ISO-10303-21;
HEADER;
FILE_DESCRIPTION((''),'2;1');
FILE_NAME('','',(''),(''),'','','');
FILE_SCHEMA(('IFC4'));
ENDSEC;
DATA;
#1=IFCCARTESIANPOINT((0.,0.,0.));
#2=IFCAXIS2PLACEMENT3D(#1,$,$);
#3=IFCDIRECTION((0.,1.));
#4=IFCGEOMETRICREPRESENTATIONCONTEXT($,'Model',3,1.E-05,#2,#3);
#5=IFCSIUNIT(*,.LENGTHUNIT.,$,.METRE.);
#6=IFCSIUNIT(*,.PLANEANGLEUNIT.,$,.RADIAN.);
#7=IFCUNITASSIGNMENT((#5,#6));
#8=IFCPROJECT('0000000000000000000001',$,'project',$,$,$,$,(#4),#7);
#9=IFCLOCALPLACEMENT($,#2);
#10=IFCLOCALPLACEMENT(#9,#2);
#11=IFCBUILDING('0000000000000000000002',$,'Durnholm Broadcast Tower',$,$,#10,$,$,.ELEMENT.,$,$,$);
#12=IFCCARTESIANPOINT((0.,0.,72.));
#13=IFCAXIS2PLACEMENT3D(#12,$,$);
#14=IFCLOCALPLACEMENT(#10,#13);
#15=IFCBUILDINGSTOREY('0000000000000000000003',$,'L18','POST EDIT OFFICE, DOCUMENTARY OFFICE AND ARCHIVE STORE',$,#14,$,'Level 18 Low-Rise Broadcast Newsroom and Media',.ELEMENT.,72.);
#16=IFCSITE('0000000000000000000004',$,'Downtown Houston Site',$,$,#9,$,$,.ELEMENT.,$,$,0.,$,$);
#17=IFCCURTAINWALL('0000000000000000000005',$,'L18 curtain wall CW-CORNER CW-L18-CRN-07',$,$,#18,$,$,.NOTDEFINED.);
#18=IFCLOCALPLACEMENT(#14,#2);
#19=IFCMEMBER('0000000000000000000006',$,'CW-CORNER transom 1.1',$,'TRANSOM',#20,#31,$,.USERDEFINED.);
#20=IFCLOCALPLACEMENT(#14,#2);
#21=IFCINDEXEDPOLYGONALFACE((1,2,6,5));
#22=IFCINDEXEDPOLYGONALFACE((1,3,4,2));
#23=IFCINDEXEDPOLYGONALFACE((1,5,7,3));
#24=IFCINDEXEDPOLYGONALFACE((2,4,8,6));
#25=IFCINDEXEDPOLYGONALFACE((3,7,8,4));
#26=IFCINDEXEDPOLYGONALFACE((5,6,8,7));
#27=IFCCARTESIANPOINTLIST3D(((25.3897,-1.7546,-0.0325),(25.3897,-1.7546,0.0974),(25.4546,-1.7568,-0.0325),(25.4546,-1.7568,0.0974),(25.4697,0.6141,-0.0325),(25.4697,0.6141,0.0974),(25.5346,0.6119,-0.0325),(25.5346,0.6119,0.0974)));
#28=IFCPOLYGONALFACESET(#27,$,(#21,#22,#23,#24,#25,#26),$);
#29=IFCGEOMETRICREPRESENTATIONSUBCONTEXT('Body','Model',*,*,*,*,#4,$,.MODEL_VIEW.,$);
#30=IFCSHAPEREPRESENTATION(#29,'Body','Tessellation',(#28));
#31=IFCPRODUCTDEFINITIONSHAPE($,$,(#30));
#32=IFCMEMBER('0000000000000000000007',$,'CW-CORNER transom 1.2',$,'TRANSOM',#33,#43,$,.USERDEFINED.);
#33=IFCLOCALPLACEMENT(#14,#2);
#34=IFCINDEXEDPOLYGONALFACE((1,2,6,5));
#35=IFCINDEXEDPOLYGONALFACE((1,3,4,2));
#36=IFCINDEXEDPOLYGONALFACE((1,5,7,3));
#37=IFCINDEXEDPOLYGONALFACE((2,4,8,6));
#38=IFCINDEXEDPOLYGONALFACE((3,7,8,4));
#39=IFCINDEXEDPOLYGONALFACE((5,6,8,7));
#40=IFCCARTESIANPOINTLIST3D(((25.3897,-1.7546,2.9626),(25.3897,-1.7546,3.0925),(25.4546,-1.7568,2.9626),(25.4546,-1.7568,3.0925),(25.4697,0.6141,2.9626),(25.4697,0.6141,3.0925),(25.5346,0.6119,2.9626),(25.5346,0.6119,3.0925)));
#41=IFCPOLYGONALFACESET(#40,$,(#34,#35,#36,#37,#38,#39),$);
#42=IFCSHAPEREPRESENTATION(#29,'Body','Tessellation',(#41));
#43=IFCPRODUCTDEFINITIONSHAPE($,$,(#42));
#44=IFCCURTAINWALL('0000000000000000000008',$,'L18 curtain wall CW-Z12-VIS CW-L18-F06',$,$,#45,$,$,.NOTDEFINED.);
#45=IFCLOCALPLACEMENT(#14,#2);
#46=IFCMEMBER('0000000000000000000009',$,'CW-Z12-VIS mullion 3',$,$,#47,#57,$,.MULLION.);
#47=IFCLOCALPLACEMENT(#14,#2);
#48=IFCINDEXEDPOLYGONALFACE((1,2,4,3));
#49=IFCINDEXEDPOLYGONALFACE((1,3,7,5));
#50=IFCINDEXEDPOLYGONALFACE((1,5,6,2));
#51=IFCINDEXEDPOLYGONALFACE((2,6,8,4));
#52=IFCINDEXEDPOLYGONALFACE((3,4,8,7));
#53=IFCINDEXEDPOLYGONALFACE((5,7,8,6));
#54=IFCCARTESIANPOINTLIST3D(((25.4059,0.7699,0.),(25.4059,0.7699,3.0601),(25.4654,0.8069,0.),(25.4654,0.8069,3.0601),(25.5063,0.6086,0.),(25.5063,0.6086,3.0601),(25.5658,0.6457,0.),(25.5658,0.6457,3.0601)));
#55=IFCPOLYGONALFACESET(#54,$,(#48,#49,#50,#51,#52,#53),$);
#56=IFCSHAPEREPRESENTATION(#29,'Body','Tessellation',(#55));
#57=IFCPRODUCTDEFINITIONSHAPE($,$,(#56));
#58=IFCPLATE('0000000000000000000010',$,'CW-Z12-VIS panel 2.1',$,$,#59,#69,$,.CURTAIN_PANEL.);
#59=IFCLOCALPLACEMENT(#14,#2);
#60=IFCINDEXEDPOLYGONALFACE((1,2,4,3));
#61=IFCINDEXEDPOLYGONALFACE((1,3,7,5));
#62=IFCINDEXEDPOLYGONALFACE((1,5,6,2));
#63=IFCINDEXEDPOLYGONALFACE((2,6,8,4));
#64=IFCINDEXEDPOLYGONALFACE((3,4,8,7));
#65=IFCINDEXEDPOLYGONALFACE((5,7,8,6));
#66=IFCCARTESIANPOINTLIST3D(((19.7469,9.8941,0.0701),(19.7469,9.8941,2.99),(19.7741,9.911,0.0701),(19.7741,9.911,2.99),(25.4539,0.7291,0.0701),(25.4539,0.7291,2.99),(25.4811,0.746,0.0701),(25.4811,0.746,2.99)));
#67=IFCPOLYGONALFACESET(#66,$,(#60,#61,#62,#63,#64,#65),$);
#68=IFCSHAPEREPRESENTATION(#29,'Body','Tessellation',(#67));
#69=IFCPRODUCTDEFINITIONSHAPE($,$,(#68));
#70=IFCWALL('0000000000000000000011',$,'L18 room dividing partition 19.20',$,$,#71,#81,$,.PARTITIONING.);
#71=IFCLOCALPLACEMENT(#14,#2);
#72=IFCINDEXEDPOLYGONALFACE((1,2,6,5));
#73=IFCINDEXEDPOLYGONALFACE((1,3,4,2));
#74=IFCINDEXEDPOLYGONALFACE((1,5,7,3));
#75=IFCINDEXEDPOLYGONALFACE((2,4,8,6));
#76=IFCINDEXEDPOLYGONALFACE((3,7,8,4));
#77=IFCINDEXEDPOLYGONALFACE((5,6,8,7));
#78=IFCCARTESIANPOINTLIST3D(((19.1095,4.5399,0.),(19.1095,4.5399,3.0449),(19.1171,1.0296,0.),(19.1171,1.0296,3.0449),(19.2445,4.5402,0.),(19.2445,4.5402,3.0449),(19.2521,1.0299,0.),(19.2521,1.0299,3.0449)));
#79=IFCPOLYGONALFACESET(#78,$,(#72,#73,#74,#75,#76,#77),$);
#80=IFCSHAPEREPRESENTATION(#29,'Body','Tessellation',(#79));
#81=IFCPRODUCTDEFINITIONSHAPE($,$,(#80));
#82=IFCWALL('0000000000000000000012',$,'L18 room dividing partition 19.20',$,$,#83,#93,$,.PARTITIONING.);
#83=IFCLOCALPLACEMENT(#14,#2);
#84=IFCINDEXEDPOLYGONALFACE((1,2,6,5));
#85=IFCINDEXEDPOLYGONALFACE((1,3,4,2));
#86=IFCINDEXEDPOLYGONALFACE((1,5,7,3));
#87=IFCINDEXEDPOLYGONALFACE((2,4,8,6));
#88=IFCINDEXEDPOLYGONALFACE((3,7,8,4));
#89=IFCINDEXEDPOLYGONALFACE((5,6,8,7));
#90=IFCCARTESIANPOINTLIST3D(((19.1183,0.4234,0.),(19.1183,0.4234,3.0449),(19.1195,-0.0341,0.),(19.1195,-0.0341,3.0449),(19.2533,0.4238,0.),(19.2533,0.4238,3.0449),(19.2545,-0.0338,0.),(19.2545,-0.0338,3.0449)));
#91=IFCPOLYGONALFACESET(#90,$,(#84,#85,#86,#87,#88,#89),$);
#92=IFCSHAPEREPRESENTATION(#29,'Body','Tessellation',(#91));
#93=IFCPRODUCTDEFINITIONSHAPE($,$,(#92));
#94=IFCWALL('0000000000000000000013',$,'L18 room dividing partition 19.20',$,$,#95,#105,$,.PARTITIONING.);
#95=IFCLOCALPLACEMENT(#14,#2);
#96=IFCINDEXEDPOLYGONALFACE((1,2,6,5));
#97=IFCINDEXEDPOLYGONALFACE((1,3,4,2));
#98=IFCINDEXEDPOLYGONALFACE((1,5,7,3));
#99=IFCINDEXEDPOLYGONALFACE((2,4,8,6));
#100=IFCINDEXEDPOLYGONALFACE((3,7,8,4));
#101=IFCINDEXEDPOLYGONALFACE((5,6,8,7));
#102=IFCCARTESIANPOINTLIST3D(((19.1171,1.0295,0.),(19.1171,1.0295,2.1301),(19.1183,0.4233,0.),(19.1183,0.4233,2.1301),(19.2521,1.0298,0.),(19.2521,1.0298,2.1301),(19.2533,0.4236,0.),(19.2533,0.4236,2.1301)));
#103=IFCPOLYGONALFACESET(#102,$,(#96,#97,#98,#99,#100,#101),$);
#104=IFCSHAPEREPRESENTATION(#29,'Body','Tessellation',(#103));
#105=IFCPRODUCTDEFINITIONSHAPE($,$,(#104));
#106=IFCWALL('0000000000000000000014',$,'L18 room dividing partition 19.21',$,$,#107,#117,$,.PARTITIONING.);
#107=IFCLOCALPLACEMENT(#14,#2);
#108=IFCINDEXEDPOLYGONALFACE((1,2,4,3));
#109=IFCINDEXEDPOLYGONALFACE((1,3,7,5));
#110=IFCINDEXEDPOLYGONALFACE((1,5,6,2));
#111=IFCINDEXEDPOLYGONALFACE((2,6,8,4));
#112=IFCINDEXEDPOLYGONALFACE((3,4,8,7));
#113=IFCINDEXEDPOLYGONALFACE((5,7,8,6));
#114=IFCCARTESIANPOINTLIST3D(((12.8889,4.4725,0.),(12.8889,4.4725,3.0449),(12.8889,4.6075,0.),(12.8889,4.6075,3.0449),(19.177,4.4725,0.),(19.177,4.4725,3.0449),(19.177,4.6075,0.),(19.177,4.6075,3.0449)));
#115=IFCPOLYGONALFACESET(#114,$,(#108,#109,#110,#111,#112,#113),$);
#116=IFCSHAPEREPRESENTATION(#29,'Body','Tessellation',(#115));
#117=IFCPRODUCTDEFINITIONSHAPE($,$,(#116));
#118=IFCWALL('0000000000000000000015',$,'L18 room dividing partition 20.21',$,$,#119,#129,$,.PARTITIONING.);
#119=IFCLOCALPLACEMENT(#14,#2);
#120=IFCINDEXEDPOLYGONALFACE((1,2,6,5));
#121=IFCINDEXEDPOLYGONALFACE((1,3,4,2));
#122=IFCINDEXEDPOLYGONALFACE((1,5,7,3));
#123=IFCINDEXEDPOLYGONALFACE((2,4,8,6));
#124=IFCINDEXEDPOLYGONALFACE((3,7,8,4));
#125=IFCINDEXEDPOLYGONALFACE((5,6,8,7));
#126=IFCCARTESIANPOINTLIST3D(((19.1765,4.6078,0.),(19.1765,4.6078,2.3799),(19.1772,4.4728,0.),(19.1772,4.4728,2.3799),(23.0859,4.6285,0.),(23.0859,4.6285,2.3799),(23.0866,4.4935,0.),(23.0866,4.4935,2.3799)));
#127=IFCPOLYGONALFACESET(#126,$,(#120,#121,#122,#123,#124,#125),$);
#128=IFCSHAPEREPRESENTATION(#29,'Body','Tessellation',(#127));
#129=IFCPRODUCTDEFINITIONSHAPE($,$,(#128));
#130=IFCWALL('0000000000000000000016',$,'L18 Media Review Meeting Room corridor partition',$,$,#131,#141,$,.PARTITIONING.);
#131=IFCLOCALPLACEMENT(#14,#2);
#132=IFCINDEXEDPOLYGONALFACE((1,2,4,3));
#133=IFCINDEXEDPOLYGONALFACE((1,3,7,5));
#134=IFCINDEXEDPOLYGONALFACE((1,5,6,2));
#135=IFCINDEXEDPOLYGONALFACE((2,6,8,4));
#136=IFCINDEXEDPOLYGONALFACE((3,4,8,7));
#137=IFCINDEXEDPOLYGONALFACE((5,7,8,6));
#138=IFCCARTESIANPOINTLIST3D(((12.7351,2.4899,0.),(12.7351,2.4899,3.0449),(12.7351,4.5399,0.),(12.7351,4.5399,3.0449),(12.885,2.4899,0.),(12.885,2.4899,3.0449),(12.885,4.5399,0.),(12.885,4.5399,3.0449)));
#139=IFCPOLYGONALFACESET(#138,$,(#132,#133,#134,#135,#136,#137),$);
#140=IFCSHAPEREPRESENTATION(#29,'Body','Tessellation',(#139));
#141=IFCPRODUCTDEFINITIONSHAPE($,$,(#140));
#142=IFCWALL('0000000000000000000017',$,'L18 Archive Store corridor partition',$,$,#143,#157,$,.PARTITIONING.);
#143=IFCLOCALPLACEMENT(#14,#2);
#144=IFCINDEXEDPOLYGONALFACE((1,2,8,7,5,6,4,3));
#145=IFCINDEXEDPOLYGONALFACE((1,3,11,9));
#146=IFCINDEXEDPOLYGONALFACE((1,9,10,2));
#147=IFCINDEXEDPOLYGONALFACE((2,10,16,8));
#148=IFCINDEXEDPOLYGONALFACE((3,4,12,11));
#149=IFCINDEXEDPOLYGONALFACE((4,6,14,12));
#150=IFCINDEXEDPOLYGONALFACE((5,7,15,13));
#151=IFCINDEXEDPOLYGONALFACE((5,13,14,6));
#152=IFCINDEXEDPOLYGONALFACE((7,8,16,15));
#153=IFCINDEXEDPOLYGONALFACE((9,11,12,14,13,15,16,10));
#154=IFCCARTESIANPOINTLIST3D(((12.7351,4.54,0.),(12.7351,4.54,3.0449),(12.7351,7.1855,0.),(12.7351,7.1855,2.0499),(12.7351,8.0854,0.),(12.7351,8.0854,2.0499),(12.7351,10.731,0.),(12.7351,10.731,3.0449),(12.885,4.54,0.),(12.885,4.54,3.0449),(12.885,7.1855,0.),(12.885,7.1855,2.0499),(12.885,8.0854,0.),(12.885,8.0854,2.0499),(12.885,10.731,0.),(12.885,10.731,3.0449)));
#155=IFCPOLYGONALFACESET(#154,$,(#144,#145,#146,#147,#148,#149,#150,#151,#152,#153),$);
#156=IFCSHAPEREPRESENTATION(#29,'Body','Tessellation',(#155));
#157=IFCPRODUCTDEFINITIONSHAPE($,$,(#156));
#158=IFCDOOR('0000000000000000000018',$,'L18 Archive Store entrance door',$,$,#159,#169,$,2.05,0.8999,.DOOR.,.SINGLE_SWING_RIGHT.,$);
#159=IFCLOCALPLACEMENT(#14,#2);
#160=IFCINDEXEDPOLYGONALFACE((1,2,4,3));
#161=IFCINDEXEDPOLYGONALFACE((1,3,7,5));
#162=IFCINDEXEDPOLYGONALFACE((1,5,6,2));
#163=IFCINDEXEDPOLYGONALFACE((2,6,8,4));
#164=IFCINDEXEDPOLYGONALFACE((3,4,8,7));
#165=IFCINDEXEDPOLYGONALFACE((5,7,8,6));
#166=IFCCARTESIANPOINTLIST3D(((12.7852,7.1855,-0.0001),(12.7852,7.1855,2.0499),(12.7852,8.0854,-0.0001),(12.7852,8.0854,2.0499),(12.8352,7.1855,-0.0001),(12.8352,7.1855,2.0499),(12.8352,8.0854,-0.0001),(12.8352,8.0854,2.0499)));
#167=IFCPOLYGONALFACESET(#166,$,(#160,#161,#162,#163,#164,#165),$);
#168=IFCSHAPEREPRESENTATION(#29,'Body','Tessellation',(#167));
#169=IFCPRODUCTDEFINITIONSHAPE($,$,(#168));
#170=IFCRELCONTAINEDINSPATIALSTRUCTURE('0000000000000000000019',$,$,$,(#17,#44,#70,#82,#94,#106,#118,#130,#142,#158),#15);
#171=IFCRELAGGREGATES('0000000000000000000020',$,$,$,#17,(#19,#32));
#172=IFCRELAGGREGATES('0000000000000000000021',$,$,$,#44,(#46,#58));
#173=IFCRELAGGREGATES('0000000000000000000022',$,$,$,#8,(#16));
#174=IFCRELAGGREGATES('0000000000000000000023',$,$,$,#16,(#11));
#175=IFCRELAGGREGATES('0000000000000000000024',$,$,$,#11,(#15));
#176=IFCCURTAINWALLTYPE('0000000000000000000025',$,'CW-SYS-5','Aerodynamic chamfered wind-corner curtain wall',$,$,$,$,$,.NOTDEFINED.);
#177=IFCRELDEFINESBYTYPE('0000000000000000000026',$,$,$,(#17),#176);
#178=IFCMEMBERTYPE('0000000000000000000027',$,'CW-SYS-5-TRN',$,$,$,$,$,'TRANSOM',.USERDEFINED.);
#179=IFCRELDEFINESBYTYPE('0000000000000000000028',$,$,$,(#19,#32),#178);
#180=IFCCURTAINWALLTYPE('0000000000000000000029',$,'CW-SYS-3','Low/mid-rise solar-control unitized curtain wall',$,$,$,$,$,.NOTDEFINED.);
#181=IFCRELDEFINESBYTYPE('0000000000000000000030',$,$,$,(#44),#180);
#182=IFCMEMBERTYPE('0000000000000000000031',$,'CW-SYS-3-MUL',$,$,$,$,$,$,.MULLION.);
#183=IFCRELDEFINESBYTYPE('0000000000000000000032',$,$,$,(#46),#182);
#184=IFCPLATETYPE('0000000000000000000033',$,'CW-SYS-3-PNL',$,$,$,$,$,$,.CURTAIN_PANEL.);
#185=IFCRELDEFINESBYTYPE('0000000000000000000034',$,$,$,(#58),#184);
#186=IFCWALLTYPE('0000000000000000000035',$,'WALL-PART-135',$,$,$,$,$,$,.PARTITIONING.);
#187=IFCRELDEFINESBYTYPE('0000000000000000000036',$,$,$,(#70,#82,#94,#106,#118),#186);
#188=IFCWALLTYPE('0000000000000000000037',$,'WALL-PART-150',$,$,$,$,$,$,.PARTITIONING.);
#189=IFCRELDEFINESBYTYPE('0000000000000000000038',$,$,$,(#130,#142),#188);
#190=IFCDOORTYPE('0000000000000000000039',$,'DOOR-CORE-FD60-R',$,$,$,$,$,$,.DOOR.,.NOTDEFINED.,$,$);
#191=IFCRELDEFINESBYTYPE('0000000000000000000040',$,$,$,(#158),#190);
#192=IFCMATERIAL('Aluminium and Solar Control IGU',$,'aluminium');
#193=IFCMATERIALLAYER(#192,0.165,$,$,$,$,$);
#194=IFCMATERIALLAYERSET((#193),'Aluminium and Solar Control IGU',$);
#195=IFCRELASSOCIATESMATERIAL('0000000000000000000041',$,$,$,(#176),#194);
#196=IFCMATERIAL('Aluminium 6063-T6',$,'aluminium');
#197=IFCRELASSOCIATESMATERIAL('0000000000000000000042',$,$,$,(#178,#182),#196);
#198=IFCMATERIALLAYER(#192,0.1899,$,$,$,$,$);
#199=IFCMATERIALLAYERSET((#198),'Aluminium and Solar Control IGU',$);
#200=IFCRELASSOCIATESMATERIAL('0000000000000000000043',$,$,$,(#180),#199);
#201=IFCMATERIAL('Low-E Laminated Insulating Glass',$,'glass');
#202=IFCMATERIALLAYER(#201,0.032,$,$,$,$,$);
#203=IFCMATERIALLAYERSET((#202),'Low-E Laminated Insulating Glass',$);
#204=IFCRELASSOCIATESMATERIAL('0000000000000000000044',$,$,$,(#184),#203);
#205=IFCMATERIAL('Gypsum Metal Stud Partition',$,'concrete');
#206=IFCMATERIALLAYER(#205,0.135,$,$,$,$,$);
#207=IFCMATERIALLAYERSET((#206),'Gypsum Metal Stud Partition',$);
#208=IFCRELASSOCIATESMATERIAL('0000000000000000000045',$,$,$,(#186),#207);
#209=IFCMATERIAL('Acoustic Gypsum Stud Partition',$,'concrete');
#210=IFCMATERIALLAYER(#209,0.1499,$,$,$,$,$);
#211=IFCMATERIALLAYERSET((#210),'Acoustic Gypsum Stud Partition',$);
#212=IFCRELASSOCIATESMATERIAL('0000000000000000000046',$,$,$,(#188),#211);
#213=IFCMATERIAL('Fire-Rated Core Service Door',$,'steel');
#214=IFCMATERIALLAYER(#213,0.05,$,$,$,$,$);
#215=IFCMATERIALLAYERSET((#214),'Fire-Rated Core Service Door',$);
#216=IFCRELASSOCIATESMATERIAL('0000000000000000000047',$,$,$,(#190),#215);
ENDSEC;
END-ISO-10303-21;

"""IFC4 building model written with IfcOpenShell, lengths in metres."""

from ifc_helpers import new_model, si_unit, direction, frame, frame_2d, origin, origin_2d, place, context, subcontext, project, spatial, rectangle, extrude, source, transform, mapped, material, layer, layer_set, material_profile, profile_set, type_object, type_shapes, element, fill, aggregate, save


model = new_model("IFC4")

# Units and contexts
model_context = context("Model", 3, precision=1e-05, world=origin(), true_north=direction((0.0, 1.0)))
body_context = subcontext(model_context, "Body", "Model", "MODEL_VIEW")
ifc_project = project(units=[si_unit("LENGTHUNIT", "METRE"), si_unit("PLANEANGLEUNIT", "RADIAN")], contexts=[model_context])

# Site, building, storey
site_placement = place(None, origin())
site = spatial("IfcSite", under=ifc_project, at=site_placement, Name="Downtown Houston Site", CompositionType="ELEMENT", RefElevation=0.0)
building_placement = place(site_placement, origin())
building = spatial("IfcBuilding", under=site, at=building_placement, Name="Durnholm Broadcast Tower", CompositionType="ELEMENT")
storey_placement = place(building_placement, frame((0.0, 0.0, 72.0)))
storey = spatial("IfcBuildingStorey", under=building, at=storey_placement, Name="L18", Description="POST EDIT OFFICE, DOCUMENTARY OFFICE AND ARCHIVE STORE", LongName="Level 18 Low-Rise Broadcast Newsroom and Media", CompositionType="ELEMENT", Elevation=72.0)

# Curtain wall, members
ifc_material_1 = material(Name="Aluminium and Solar Control IGU", Category="aluminium")
ifc_layer_1 = layer(ifc_material_1, 0.165)
ifc_layer_set_1 = layer_set([ifc_layer_1], Name="Aluminium and Solar Control IGU")
curtain_wall_type_1 = type_object("IfcCurtainWallType", Name="CW-SYS-5", Description="Aerodynamic chamfered wind-corner curtain wall", PredefinedType="NOTDEFINED", material=ifc_layer_set_1)
curtain_wall_1_placement = place(storey_placement, origin())
curtain_wall_1 = element("IfcCurtainWall", 1, at=curtain_wall_1_placement, inside=storey, type_object=curtain_wall_type_1, Name="L18 curtain wall CW-CORNER CW-L18-CRN-07", PredefinedType="NOTDEFINED")
ifc_material_2 = material(Name="Aluminium 6063-T6", Category="aluminium")
ifc_material_profile_1 = material_profile(ifc_material_2, rectangle(XDim=0.0649, YDim=0.1299, at=origin_2d()), Name="CWT65X130")
ifc_profile_set_1 = profile_set([ifc_material_profile_1], Name="Aluminium 6063-T6")
member_type_1 = type_object("IfcMemberType", Name="CW-SYS-5-TRN", ElementType="TRANSOM", PredefinedType="USERDEFINED", material=ifc_profile_set_1)
shared_shape_1 = source(origin(), body_context, "Body", "SweptSolid", [
    extrude(rectangle(XDim=0.0649, YDim=0.1299, at=origin_2d()), origin(), (0.0, 0.0, 1.0), 2.3701),
])
type_shapes(member_type_1, [shared_shape_1])
member_1_placement = place(storey_placement, frame((25.5022, 0.613, 0.0325), z_axis=(-0.033788, -0.999429, 0.0), x_axis=(0.999429, -0.033788, 0.0)))
member_1 = element("IfcMember", 2, at=member_1_placement, type_object=member_type_1, Name="CW-CORNER transom 1.1", ObjectType="TRANSOM", PredefinedType="USERDEFINED", context=body_context, shape_type="MappedRepresentation", body=[
    mapped(shared_shape_1, transform((0.0, 0.0, 0.0), x_axis=(1.0, 0.0, 0.0), y_axis=(0.0, 1.0, 0.0), z_axis=(0.0, 0.0, 1.0), scale=1.0)),
])
member_2_placement = place(storey_placement, frame((25.5022, 0.613, 3.0276), z_axis=(-0.033788, -0.999429, 0.0), x_axis=(0.999429, -0.033788, 0.0)))
member_2 = element("IfcMember", 3, at=member_2_placement, type_object=member_type_1, Name="CW-CORNER transom 1.2", ObjectType="TRANSOM", PredefinedType="USERDEFINED", context=body_context, shape_type="MappedRepresentation", body=[
    mapped(shared_shape_1, transform((0.0, 0.0, 0.0), x_axis=(1.0, 0.0, 0.0), y_axis=(0.0, 1.0, 0.0), z_axis=(0.0, 0.0, 1.0), scale=1.0)),
])
aggregate(curtain_wall_1, [member_1, member_2])

# Curtain wall, member, plate
ifc_layer_2 = layer(ifc_material_1, 0.1899)
ifc_layer_set_2 = layer_set([ifc_layer_2], Name="Aluminium and Solar Control IGU")
curtain_wall_type_2 = type_object("IfcCurtainWallType", Name="CW-SYS-3", Description="Low/mid-rise solar-control unitized curtain wall", PredefinedType="NOTDEFINED", material=ifc_layer_set_2)
curtain_wall_2_placement = place(storey_placement, origin())
curtain_wall_2 = element("IfcCurtainWall", 4, at=curtain_wall_2_placement, inside=storey, type_object=curtain_wall_type_2, Name="L18 curtain wall CW-Z12-VIS CW-L18-F06", PredefinedType="NOTDEFINED")
ifc_material_profile_2 = material_profile(ifc_material_2, rectangle(XDim=0.0701, YDim=0.1899, at=origin_2d()), Name="CWM70X190")
ifc_profile_set_2 = profile_set([ifc_material_profile_2], Name="Aluminium 6063-T6")
member_type_2 = type_object("IfcMemberType", Name="CW-SYS-3-MUL", PredefinedType="MULLION", material=ifc_profile_set_2)
shared_shape_2 = source(origin(), body_context, "Body", "SweptSolid", [
    extrude(rectangle(XDim=0.0701, YDim=0.1899, at=origin_2d()), origin(), (0.0, 0.0, 1.0), 3.0601),
])
type_shapes(member_type_2, [shared_shape_2])
member_3_placement = place(storey_placement, frame((25.4858, 0.7078, 0.0), z_axis=(0.0, 0.0, 1.0), x_axis=(0.848876, 0.528592, 0.0)))
member_3 = element("IfcMember", 5, at=member_3_placement, type_object=member_type_2, Name="CW-Z12-VIS mullion 3", PredefinedType="MULLION", context=body_context, shape_type="MappedRepresentation", body=[
    mapped(shared_shape_2, transform((0.0, 0.0, 0.0), x_axis=(1.0, 0.0, 0.0), y_axis=(0.0, 1.0, 0.0), z_axis=(0.0, 0.0, 1.0), scale=1.0)),
])
ifc_material_3 = material(Name="Low-E Laminated Insulating Glass", Category="glass")
ifc_layer_3 = layer(ifc_material_3, 0.032)
ifc_layer_set_3 = layer_set([ifc_layer_3], Name="Low-E Laminated Insulating Glass")
plate_type = type_object("IfcPlateType", Name="CW-SYS-3-PNL", PredefinedType="CURTAIN_PANEL", material=ifc_layer_set_3)
shared_shape_3 = source(origin(), body_context, "Body", "SweptSolid", [
    extrude(rectangle(XDim=10.7966, YDim=0.032, at=origin_2d()), origin(), (0.0, 0.0, 1.0), 2.9199),
])
type_shapes(plate_type, [shared_shape_3])
plate_placement = place(storey_placement, frame((22.614, 5.3201, 0.0701), z_axis=(0.0, 0.0, 1.0), x_axis=(0.528592, -0.848876, 0.0)))
plate = element("IfcPlate", 6, at=plate_placement, type_object=plate_type, Name="CW-Z12-VIS panel 2.1", PredefinedType="CURTAIN_PANEL", context=body_context, shape_type="MappedRepresentation", body=[
    mapped(shared_shape_3, transform((0.0, 0.0, 0.0), x_axis=(1.0, 0.0, 0.0), y_axis=(0.0, 1.0, 0.0), z_axis=(0.0, 0.0, 1.0), scale=1.0)),
])
aggregate(curtain_wall_2, [member_3, plate])

# Walls
ifc_material_4 = material(Name="Gypsum Metal Stud Partition", Category="concrete")
ifc_layer_4 = layer(ifc_material_4, 0.135)
ifc_layer_set_4 = layer_set([ifc_layer_4], Name="Gypsum Metal Stud Partition")
wall_type_1 = type_object("IfcWallType", Name="WALL-PART-135", PredefinedType="PARTITIONING", material=ifc_layer_set_4)
wall_1_placement = place(storey_placement, frame((19.177, 4.54, 0.0), z_axis=(0.0, 0.0, 1.0), x_axis=(0.002156, -0.999998, 0.0)))
element("IfcWall", 7, at=wall_1_placement, inside=storey, type_object=wall_type_1, Name="L18 room dividing partition 19.20", PredefinedType="PARTITIONING", context=body_context, shape_type="SweptSolid", body=[
    extrude(rectangle(XDim=3.5103, YDim=0.135, at=frame_2d((1.7551, 0.0))), origin(), (0.0, 0.0, 1.0), 3.0449),
])
wall_2_placement = place(storey_placement, frame((19.1858, 0.4236, 0.0), z_axis=(0.0, 0.0, 1.0), x_axis=(0.002668, -0.999996, 0.0)))
element("IfcWall", 8, at=wall_2_placement, inside=storey, type_object=wall_type_1, Name="L18 room dividing partition 19.20", PredefinedType="PARTITIONING", context=body_context, shape_type="SweptSolid", body=[
    extrude(rectangle(XDim=0.4575, YDim=0.135, at=frame_2d((0.2288, 0.0))), origin(), (0.0, 0.0, 1.0), 3.0449),
])
wall_3_placement = place(storey_placement, frame((19.1846, 1.0298, 0.0), z_axis=(0.0, 0.0, 1.0), x_axis=(0.002014, -0.999998, 0.0)))
element("IfcWall", 9, at=wall_3_placement, inside=storey, type_object=wall_type_1, Name="L18 room dividing partition 19.20", PredefinedType="PARTITIONING", context=body_context, shape_type="SweptSolid", body=[
    extrude(rectangle(XDim=0.6062, YDim=0.135, at=frame_2d((0.3032, 0.0))), origin(), (0.0, 0.0, 1.0), 2.1301),
])
wall_4_placement = place(storey_placement, frame((12.8889, 4.54, 0.0), z_axis=(0.0, 0.0, 1.0), x_axis=(1.0, 0.0, 0.0)))
element("IfcWall", 10, at=wall_4_placement, inside=storey, type_object=wall_type_1, Name="L18 room dividing partition 19.21", PredefinedType="PARTITIONING", context=body_context, shape_type="SweptSolid", body=[
    extrude(rectangle(XDim=6.2881, YDim=0.135, at=frame_2d((3.144, 0.0))), origin(), (0.0, 0.0, 1.0), 3.0449),
])
wall_5_placement = place(storey_placement, frame((19.177, 4.5403, 0.0), z_axis=(0.0, 0.0, 1.0), x_axis=(0.999986, 0.005308, 0.0)))
element("IfcWall", 11, at=wall_5_placement, inside=storey, type_object=wall_type_1, Name="L18 room dividing partition 20.21", PredefinedType="PARTITIONING", context=body_context, shape_type="SweptSolid", body=[
    extrude(rectangle(XDim=3.9094, YDim=0.135, at=frame_2d((1.9546, 0.0))), origin(), (0.0, 0.0, 1.0), 2.3799),
])
ifc_material_5 = material(Name="Acoustic Gypsum Stud Partition", Category="concrete")
ifc_layer_5 = layer(ifc_material_5, 0.1499)
ifc_layer_set_5 = layer_set([ifc_layer_5], Name="Acoustic Gypsum Stud Partition")
wall_type_2 = type_object("IfcWallType", Name="WALL-PART-150", PredefinedType="PARTITIONING", material=ifc_layer_set_5)
wall_6_placement = place(storey_placement, frame((12.8101, 2.49, 0.0), z_axis=(0.0, 0.0, 1.0), x_axis=(0.0, 1.0, 0.0)))
element("IfcWall", 12, at=wall_6_placement, inside=storey, type_object=wall_type_2, Name="L18 Media Review Meeting Room corridor partition", PredefinedType="PARTITIONING", context=body_context, shape_type="SweptSolid", body=[
    extrude(rectangle(XDim=2.05, YDim=0.1499, at=frame_2d((1.0249, 0.0))), origin(), (0.0, 0.0, 1.0), 3.0449),
])

# Wall, opening, door
wall_7_placement = place(storey_placement, frame((12.8101, 4.54, 0.0), z_axis=(0.0, 0.0, 1.0), x_axis=(0.0, 1.0, 0.0)))
wall_7 = element("IfcWall", 13, at=wall_7_placement, inside=storey, type_object=wall_type_2, Name="L18 Archive Store corridor partition", PredefinedType="PARTITIONING", context=body_context, shape_type="SweptSolid", body=[
    extrude(rectangle(XDim=6.1909, YDim=0.1499, at=frame_2d((3.0955, 0.0))), origin(), (0.0, 0.0, 1.0), 3.0449),
])
opening_placement = place(wall_7_placement, frame((2.6455, 0.0, 0.0)))
opening = element("IfcOpeningElement", 14, at=opening_placement, cuts=wall_7, PredefinedType="OPENING", context=body_context, shape_type="SweptSolid", body=[
    extrude(rectangle(XDim=0.8999, YDim=2.05, at=frame_2d((0.45, 1.0249))), frame((0.0, 0.085, 0.0), z_axis=(0.0, -1.0, 0.0), x_axis=(1.0, 0.0, 0.0)), (0.0, 0.0, 1.0), 0.1699),
])
ifc_material_6 = material(Name="Fire-Rated Core Service Door", Category="steel")
ifc_layer_6 = layer(ifc_material_6, 0.05)
ifc_layer_set_6 = layer_set([ifc_layer_6], Name="Fire-Rated Core Service Door")
door_type = type_object("IfcDoorType", Name="DOOR-CORE-FD60-R", OperationType="NOTDEFINED", PredefinedType="DOOR", material=ifc_layer_set_6)
shared_shape_4 = source(origin(), body_context, "Body", "SweptSolid", [
    extrude(rectangle(XDim=0.8999, YDim=2.05, at=frame_2d((0.45, 1.0249))), frame((0.0, 0.0249, 0.0), z_axis=(0.0, -1.0, 0.0), x_axis=(1.0, 0.0, 0.0)), (0.0, 0.0, 1.0), 0.05),
])
type_shapes(door_type, [shared_shape_4])
door_placement = place(opening_placement, origin())
door = element("IfcDoor", 15, at=door_placement, inside=storey, type_object=door_type, Name="L18 Archive Store entrance door", OperationType="SINGLE_SWING_RIGHT", OverallHeight=2.05, OverallWidth=0.8999, PredefinedType="DOOR", context=body_context, shape_type="MappedRepresentation", body=[
    mapped(shared_shape_4, transform((0.0, 0.0, 0.0), x_axis=(1.0, 0.0, 0.0), y_axis=(0.0, 1.0, 0.0), z_axis=(0.0, 0.0, 1.0), scale=1.0)),
])
fill(opening, door)

save(model, "model.ifc")
